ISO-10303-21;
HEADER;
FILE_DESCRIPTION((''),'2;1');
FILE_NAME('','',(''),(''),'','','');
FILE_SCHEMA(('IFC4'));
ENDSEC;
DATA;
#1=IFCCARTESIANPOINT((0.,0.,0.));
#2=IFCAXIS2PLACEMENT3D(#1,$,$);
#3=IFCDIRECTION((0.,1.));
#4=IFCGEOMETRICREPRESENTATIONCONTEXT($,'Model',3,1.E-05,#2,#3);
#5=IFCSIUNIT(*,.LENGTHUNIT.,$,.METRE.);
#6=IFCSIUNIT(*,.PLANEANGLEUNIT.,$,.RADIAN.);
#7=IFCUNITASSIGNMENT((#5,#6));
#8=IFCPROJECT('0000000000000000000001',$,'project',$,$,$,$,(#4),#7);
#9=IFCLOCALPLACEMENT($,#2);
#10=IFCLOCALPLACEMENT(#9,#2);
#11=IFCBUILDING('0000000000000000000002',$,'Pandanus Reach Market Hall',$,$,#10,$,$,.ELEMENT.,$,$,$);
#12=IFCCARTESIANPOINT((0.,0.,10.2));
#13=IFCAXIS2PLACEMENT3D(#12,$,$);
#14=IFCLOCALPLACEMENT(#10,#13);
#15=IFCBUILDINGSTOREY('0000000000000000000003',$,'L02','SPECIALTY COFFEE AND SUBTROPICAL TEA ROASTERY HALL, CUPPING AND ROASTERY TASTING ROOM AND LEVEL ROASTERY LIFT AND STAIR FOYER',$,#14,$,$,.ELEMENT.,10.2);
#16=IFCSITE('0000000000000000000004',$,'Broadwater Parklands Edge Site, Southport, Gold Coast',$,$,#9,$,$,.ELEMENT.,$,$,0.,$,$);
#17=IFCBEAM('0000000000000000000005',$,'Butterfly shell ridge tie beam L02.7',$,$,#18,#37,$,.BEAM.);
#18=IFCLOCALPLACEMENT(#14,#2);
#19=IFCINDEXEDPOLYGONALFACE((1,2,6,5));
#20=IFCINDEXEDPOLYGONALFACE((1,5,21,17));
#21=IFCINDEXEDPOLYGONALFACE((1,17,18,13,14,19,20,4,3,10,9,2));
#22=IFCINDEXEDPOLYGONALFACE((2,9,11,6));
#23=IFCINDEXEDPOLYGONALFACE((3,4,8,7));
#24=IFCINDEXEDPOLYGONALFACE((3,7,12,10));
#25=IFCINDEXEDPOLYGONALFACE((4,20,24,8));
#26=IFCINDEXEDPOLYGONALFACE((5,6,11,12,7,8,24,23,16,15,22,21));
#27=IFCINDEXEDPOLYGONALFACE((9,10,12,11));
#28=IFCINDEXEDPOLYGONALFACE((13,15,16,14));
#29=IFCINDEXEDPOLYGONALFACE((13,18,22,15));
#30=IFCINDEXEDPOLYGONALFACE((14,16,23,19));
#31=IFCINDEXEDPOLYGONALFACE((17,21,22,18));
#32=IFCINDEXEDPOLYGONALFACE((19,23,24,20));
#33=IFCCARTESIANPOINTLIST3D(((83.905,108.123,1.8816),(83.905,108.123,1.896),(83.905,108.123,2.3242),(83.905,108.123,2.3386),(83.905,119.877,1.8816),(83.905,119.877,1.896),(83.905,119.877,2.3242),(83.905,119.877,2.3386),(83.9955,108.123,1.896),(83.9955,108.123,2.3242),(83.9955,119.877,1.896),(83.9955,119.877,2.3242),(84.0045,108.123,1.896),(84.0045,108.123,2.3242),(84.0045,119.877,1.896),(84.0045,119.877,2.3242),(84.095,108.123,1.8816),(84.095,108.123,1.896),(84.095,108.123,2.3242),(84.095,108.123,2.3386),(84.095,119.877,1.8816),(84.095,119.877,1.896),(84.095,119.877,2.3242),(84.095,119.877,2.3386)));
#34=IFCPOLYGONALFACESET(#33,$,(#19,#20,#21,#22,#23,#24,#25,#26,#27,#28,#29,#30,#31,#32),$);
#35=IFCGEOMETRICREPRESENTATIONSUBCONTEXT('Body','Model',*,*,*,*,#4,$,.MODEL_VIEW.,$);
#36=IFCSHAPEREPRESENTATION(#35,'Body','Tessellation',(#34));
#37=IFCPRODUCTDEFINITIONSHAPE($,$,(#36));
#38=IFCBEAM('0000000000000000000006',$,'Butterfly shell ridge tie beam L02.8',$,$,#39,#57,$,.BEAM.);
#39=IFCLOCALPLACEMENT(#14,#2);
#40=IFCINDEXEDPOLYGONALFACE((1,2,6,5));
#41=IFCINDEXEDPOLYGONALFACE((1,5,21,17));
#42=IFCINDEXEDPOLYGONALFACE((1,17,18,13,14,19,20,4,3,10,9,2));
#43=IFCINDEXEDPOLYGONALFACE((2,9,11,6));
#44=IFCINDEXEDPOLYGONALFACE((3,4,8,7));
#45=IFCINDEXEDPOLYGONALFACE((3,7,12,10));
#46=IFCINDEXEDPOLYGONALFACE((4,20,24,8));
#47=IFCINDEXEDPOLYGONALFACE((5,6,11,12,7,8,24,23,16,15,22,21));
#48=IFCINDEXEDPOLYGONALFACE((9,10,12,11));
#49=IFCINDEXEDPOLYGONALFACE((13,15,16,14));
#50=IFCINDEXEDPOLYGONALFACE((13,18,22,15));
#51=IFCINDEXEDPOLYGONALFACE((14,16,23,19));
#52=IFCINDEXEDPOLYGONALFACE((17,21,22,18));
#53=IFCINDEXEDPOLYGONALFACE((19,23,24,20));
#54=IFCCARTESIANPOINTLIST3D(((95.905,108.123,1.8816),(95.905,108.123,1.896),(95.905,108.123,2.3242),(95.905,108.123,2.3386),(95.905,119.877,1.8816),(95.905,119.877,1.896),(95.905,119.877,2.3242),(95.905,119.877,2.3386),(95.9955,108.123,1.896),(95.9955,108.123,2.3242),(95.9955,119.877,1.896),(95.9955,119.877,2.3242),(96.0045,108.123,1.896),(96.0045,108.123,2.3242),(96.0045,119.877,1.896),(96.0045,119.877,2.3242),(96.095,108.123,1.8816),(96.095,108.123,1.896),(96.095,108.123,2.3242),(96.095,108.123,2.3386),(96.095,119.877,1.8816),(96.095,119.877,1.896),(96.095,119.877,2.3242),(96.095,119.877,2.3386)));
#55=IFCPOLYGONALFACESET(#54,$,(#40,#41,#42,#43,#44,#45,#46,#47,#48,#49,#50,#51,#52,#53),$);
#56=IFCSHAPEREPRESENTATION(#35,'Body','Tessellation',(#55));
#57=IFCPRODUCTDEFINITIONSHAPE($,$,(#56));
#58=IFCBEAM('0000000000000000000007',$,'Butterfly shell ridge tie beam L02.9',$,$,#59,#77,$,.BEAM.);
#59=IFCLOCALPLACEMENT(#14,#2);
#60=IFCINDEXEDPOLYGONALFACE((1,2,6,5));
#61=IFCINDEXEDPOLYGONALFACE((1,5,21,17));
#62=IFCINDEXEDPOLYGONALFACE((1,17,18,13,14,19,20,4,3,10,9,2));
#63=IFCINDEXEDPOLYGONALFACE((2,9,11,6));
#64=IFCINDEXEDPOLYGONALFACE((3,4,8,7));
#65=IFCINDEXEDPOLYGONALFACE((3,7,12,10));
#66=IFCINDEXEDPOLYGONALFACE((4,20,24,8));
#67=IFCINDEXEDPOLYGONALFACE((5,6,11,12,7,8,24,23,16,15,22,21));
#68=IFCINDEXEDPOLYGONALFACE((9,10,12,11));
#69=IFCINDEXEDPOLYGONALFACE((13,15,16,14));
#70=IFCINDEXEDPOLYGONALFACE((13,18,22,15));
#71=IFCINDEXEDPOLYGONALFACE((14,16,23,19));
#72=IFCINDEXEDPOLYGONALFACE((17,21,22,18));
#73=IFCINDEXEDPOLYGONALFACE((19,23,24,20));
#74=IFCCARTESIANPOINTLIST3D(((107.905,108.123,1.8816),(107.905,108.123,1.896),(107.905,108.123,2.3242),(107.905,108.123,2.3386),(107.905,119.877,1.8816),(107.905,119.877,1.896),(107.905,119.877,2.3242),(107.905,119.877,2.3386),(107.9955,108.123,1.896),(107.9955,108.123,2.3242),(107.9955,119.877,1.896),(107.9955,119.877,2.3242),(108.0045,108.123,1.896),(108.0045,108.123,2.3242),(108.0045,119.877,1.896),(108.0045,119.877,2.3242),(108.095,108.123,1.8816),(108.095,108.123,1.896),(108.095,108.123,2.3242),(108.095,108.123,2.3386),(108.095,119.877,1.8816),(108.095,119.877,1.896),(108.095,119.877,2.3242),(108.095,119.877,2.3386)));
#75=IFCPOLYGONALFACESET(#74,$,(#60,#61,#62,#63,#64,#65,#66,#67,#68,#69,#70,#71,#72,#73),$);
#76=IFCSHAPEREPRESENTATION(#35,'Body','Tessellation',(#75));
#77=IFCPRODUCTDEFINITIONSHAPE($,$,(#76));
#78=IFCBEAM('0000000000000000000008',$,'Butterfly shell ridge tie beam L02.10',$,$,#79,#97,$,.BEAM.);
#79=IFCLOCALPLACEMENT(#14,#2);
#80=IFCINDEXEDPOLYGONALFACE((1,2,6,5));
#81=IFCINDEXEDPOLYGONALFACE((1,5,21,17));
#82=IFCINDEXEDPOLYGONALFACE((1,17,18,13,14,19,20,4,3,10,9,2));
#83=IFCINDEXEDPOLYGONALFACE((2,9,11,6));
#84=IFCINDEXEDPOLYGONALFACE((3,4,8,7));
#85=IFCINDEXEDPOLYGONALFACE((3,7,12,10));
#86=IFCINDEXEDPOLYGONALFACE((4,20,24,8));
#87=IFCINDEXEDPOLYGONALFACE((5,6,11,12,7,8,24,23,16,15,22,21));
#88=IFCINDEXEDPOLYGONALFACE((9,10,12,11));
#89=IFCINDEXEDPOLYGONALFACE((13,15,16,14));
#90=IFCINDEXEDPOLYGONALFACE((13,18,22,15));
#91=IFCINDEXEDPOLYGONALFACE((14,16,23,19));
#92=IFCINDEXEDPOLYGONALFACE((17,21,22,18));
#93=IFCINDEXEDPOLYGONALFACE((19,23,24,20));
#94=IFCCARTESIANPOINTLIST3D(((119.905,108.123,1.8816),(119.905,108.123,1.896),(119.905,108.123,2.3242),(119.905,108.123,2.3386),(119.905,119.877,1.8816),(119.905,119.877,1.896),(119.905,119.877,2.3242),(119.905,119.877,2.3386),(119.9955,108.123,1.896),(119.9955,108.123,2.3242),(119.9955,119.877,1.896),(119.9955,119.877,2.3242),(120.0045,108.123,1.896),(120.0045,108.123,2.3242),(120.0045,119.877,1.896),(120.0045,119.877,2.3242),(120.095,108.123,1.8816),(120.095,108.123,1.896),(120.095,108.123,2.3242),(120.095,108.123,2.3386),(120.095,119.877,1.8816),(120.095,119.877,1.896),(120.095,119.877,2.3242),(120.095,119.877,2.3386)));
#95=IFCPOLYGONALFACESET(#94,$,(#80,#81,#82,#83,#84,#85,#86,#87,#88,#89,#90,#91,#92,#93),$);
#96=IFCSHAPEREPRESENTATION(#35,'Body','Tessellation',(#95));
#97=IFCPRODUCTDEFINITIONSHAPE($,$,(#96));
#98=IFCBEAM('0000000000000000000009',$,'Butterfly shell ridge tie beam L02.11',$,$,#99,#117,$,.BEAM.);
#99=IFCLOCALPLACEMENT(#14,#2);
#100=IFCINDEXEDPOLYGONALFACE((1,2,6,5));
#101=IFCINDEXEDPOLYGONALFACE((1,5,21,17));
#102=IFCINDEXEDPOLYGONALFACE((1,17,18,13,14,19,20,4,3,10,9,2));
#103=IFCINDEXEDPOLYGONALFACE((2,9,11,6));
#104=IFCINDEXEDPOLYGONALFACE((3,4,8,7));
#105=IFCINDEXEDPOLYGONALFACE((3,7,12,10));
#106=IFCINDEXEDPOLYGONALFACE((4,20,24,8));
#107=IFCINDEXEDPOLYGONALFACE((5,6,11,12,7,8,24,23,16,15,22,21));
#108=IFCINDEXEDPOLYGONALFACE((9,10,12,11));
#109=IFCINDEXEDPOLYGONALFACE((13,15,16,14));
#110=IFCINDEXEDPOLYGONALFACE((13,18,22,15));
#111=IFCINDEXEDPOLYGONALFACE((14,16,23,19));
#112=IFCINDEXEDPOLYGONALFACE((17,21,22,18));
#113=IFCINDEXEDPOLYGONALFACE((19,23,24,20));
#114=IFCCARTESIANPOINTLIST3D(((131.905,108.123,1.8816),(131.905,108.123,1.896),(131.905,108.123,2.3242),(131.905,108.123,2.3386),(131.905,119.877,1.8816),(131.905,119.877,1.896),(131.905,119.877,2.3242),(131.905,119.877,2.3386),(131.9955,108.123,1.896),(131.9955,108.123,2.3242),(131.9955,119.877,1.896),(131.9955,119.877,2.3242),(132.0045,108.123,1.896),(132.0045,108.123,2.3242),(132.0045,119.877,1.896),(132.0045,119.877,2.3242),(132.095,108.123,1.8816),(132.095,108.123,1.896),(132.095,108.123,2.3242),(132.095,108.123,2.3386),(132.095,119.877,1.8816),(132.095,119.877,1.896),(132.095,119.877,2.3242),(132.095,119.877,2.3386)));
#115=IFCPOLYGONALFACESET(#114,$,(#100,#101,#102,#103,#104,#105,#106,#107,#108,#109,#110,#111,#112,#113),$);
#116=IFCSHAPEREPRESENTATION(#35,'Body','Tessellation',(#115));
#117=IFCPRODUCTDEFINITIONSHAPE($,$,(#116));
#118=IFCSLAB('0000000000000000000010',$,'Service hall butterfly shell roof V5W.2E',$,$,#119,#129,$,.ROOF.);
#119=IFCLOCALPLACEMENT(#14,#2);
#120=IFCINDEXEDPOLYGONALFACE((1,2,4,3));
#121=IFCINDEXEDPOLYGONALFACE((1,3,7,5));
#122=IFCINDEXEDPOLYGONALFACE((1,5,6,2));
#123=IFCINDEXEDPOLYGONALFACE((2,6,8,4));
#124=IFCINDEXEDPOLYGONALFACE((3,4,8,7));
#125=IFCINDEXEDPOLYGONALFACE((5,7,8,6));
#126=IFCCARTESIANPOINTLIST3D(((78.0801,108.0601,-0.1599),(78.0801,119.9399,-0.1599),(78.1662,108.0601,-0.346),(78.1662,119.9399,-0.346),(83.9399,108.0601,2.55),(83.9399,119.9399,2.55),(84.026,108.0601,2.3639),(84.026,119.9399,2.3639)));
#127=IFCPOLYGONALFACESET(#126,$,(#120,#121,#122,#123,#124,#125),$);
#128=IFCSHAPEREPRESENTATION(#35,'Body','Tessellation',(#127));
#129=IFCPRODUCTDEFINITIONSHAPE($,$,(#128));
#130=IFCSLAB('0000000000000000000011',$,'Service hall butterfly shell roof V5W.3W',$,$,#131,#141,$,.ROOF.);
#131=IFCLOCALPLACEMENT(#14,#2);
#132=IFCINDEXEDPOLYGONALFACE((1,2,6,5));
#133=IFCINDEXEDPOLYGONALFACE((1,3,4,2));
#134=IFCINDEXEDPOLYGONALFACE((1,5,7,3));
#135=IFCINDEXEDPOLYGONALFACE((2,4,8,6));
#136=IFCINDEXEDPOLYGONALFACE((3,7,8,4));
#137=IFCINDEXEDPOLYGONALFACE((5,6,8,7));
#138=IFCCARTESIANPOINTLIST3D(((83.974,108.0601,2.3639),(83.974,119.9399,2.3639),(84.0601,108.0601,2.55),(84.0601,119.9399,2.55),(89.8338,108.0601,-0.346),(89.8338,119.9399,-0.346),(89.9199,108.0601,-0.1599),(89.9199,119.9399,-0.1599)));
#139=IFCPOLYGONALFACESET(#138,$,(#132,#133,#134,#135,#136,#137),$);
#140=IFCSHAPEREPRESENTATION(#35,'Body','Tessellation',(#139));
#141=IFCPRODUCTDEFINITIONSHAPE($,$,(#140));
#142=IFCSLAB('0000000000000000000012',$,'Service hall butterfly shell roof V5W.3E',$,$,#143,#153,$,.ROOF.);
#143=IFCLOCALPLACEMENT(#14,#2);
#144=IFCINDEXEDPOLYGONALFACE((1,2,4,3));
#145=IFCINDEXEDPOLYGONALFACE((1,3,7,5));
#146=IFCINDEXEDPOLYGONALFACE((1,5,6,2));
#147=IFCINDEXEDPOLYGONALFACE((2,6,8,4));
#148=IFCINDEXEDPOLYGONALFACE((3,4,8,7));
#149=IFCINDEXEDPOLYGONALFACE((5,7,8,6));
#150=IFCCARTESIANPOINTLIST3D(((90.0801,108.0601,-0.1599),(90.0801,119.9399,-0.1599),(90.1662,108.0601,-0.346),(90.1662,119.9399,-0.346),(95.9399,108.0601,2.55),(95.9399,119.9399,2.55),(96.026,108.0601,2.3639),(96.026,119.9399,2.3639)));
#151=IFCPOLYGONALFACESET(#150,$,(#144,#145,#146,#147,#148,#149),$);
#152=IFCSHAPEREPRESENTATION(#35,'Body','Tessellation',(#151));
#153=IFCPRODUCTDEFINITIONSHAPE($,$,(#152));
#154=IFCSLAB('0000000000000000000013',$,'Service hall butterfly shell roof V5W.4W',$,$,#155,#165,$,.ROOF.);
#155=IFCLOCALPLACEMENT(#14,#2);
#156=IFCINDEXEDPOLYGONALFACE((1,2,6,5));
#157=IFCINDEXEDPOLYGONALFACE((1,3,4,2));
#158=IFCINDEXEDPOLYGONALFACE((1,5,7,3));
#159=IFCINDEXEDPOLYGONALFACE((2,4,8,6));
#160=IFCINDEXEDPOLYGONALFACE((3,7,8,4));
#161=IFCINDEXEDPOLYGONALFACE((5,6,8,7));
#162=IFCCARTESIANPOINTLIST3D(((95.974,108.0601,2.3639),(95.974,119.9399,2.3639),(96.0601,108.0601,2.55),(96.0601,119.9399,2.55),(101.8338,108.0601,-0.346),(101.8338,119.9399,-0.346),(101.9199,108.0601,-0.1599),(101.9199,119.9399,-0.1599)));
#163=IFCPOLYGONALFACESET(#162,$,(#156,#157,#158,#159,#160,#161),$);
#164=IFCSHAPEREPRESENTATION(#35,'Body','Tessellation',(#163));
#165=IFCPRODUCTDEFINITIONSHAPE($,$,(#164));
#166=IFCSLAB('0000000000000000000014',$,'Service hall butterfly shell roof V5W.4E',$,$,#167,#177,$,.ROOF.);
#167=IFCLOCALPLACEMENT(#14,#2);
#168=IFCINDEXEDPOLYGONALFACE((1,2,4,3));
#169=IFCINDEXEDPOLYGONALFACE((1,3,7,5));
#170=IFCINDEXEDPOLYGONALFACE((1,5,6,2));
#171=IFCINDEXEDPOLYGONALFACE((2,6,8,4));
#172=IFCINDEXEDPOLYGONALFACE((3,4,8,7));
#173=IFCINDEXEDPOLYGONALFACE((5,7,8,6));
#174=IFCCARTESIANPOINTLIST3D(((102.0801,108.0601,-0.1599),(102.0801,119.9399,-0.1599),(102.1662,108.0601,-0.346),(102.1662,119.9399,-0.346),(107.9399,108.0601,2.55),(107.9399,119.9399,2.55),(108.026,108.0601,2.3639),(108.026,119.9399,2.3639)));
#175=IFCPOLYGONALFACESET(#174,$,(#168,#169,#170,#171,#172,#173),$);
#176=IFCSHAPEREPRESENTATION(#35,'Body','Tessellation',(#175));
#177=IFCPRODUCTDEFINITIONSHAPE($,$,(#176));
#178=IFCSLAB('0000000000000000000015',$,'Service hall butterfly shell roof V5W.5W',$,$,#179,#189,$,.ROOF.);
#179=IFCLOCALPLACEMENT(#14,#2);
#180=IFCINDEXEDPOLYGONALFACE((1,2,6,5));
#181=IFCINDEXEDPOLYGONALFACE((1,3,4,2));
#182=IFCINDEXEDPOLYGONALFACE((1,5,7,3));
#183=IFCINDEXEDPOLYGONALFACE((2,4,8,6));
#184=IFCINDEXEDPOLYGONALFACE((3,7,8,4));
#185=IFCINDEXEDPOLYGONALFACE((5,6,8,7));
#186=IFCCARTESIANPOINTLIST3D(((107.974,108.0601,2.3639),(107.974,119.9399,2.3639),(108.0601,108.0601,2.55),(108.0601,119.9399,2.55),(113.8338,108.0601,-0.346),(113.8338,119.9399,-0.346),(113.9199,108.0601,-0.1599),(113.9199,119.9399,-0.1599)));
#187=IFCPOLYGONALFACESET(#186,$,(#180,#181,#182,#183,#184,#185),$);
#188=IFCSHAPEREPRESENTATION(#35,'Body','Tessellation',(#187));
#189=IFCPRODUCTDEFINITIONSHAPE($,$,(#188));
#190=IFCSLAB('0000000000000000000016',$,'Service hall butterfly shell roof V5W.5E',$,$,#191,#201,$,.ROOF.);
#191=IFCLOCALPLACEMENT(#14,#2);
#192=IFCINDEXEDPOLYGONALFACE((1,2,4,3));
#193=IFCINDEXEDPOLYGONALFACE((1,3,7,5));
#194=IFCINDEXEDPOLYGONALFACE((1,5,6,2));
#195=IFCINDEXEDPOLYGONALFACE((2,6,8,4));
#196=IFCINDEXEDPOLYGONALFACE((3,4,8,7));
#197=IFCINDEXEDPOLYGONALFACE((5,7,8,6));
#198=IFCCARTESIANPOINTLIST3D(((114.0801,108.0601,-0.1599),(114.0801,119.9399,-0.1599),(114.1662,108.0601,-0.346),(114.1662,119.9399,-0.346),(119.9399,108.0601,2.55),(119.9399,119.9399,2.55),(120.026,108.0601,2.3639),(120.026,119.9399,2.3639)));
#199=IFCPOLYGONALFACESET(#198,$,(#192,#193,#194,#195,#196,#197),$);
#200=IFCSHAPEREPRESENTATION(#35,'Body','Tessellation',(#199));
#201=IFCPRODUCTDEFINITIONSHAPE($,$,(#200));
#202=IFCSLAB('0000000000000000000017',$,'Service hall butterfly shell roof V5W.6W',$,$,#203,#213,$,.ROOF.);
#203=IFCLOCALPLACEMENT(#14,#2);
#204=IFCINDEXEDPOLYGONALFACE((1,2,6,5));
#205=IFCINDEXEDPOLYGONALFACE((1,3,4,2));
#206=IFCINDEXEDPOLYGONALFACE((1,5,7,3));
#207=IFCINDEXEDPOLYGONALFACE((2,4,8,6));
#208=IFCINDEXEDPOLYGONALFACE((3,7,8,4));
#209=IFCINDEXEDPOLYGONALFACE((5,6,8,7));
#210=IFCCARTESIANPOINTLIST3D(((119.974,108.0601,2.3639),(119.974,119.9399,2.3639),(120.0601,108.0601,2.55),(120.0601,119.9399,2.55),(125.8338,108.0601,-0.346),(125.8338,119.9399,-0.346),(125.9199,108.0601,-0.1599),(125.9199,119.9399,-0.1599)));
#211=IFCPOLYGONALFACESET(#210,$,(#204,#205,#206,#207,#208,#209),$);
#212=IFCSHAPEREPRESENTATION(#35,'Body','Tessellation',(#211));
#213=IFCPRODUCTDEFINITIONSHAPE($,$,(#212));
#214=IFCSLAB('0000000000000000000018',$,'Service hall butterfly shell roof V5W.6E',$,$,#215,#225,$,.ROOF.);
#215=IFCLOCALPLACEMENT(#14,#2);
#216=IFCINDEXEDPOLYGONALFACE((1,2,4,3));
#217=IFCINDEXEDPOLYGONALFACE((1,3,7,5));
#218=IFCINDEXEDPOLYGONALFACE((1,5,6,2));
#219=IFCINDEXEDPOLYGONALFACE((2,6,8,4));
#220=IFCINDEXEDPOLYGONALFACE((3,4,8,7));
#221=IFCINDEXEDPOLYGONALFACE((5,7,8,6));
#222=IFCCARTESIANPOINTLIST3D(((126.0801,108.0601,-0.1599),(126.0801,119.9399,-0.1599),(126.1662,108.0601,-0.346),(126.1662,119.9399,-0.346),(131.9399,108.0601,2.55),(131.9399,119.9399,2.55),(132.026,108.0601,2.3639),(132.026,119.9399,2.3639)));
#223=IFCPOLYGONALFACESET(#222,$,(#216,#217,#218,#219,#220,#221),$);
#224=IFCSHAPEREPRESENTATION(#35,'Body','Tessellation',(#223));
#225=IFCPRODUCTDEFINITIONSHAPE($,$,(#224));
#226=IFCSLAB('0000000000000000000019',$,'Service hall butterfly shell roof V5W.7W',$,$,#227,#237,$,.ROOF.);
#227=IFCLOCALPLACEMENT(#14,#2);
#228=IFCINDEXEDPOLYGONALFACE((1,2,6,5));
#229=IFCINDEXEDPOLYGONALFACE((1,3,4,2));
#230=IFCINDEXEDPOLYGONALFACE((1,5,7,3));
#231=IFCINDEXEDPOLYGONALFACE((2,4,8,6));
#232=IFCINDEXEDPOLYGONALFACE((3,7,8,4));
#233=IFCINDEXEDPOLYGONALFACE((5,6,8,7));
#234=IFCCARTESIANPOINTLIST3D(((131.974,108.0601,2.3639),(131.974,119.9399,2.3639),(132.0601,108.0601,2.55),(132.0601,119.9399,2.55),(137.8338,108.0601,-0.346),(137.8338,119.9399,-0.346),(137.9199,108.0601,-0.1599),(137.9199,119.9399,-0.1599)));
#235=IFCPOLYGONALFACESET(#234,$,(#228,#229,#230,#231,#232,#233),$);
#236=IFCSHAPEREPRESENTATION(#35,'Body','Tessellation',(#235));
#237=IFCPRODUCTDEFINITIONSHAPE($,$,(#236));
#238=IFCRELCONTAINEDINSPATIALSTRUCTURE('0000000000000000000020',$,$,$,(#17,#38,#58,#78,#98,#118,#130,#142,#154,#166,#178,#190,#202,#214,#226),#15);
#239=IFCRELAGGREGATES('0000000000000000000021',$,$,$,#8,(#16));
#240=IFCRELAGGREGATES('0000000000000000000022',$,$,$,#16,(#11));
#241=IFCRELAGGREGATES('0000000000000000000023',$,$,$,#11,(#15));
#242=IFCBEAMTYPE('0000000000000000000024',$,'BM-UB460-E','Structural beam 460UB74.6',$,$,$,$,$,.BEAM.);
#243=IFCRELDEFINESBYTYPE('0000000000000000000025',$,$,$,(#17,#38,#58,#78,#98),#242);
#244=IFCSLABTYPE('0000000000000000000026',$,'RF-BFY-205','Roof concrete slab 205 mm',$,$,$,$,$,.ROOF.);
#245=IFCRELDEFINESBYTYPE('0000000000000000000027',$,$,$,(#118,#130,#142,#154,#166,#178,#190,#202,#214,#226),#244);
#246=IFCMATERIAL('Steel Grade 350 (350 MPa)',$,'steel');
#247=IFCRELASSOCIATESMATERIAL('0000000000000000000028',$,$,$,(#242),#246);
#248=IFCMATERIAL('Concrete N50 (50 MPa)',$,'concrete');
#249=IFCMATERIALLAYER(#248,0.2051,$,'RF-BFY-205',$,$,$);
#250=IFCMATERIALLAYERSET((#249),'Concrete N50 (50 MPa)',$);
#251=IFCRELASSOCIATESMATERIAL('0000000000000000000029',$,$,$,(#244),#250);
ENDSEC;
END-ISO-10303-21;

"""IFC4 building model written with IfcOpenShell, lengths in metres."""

from ifc_helpers import new_model, si_unit, direction, frame, origin, origin_2d, place, context, subcontext, project, spatial, polyline, i_section, outline, extrude, material, layer, layer_set, material_profile, profile_set, type_object, element, save


model = new_model("IFC4")

# Units and contexts
model_context = context("Model", 3, precision=1e-05, world=origin(), true_north=direction((0.0, 1.0)))
body_context = subcontext(model_context, "Body", "Model", "MODEL_VIEW")
ifc_project = project(units=[si_unit("LENGTHUNIT", "METRE"), si_unit("PLANEANGLEUNIT", "RADIAN")], contexts=[model_context])

# Site, building, storey
site_placement = place(None, origin())
site = spatial("IfcSite", under=ifc_project, at=site_placement, Name="Broadwater Parklands Edge Site, Southport, Gold Coast", CompositionType="ELEMENT", RefElevation=0.0)
building_placement = place(site_placement, origin())
building = spatial("IfcBuilding", under=site, at=building_placement, Name="Pandanus Reach Market Hall", CompositionType="ELEMENT")
storey_placement = place(building_placement, frame((0.0, 0.0, 10.2)))
storey = spatial("IfcBuildingStorey", under=building, at=storey_placement, Name="L02", Description="SPECIALTY COFFEE AND SUBTROPICAL TEA ROASTERY HALL, CUPPING AND ROASTERY TASTING ROOM AND LEVEL ROASTERY LIFT AND STAIR FOYER", CompositionType="ELEMENT", Elevation=10.2)

# Shared definitions
ifc_material_1 = material(Name="Steel Grade 350 (350 MPa)", Category="steel")

# Beams
ifc_material_profile_1 = material_profile(ifc_material_1, i_section(OverallWidth=0.1899, OverallDepth=0.457, WebThickness=0.009, FlangeThickness=0.0144, at=origin_2d()), Name="460UB74.6", Category="LoadBearing")
ifc_profile_set_1 = profile_set([ifc_material_profile_1], Name="Steel Grade 350 (350 MPa)")
beam_type = type_object("IfcBeamType", Name="BM-UB460-E", Description="Structural beam 460UB74.6", PredefinedType="BEAM", material=ifc_profile_set_1)
for number, where, z_axis, x_axis, name in (
    (1, (84.0, 108.123, 2.1101), (0.0, 1.0, 0.0), (-1.0, 0.0, 0.0), "Butterfly shell ridge tie beam L02.7"),
    (2, (96.0, 108.123, 2.1101), (0.0, 1.0, 0.0), (-1.0, 0.0, 0.0), "Butterfly shell ridge tie beam L02.8"),
    (3, (108.0, 108.123, 2.1101), (0.0, 1.0, 0.0), (-1.0, 0.0, 0.0), "Butterfly shell ridge tie beam L02.9"),
    (4, (120.0, 108.123, 2.1101), (0.0, 1.0, 0.0), (-1.0, 0.0, 0.0), "Butterfly shell ridge tie beam L02.10"),
    (5, (132.0, 108.123, 2.1101), (0.0, 1.0, 0.0), (-1.0, 0.0, 0.0), "Butterfly shell ridge tie beam L02.11"),
):
    element("IfcBeam", number, at=place(storey_placement, frame(where, z_axis=z_axis, x_axis=x_axis)), inside=storey, type_object=beam_type, Name=name, PredefinedType="BEAM", context=body_context, shape_type="SweptSolid", body=[
        extrude(i_section(OverallWidth=0.1899, OverallDepth=0.457, WebThickness=0.009, FlangeThickness=0.0144, at=origin_2d()), origin(), (0.0, 0.0, 1.0), 11.7539),
    ])

# Slabs
ifc_material_2 = material(Name="Concrete N50 (50 MPa)", Category="concrete")
ifc_layer = layer(ifc_material_2, 0.2051, Name="RF-BFY-205")
ifc_layer_set = layer_set([ifc_layer], Name="Concrete N50 (50 MPa)")
slab_type = type_object("IfcSlabType", Name="RF-BFY-205", Description="Roof concrete slab 205 mm", PredefinedType="ROOF", material=ifc_layer_set)
for number, where, z_axis, x_axis, name in (
    (6, (78.0801, 108.0601, -0.1599), (-0.419749, 0.0, 0.90764), (0.90764, 0.0, 0.419749), "Service hall butterfly shell roof V5W.2E"),
    (7, (84.0601, 108.0601, 2.55), (0.419749, 0.0, 0.90764), (0.90764, 0.0, -0.419749), "Service hall butterfly shell roof V5W.3W"),
    (8, (90.0801, 108.0601, -0.1599), (-0.419749, 0.0, 0.90764), (0.90764, 0.0, 0.419749), "Service hall butterfly shell roof V5W.3E"),
    (9, (96.0601, 108.0601, 2.55), (0.419749, 0.0, 0.90764), (0.90764, 0.0, -0.419749), "Service hall butterfly shell roof V5W.4W"),
    (10, (102.0801, 108.0601, -0.1599), (-0.419749, 0.0, 0.90764), (0.90764, 0.0, 0.419749), "Service hall butterfly shell roof V5W.4E"),
    (11, (108.0601, 108.0601, 2.55), (0.419749, 0.0, 0.90764), (0.90764, 0.0, -0.419749), "Service hall butterfly shell roof V5W.5W"),
    (12, (114.0801, 108.0601, -0.1599), (-0.419749, 0.0, 0.90764), (0.90764, 0.0, 0.419749), "Service hall butterfly shell roof V5W.5E"),
    (13, (120.0601, 108.0601, 2.55), (0.419749, 0.0, 0.90764), (0.90764, 0.0, -0.419749), "Service hall butterfly shell roof V5W.6W"),
    (14, (126.0801, 108.0601, -0.1599), (-0.419749, 0.0, 0.90764), (0.90764, 0.0, 0.419749), "Service hall butterfly shell roof V5W.6E"),
    (15, (132.0601, 108.0601, 2.55), (0.419749, 0.0, 0.90764), (0.90764, 0.0, -0.419749), "Service hall butterfly shell roof V5W.7W"),
):
    element("IfcSlab", number, at=place(storey_placement, frame(where, z_axis=z_axis, x_axis=x_axis)), inside=storey, type_object=slab_type, Name=name, PredefinedType="ROOF", context=body_context, shape_type="SweptSolid", body=[
        extrude(outline(polyline([(0.0, 0.0), (6.4562, 0.0), (6.4562, 11.8799), (0.0, 11.8799), (0.0, 0.0)])), origin(), (0.0, 0.0, -1.0), 0.2051),
    ])

save(model, "model.ifc")
